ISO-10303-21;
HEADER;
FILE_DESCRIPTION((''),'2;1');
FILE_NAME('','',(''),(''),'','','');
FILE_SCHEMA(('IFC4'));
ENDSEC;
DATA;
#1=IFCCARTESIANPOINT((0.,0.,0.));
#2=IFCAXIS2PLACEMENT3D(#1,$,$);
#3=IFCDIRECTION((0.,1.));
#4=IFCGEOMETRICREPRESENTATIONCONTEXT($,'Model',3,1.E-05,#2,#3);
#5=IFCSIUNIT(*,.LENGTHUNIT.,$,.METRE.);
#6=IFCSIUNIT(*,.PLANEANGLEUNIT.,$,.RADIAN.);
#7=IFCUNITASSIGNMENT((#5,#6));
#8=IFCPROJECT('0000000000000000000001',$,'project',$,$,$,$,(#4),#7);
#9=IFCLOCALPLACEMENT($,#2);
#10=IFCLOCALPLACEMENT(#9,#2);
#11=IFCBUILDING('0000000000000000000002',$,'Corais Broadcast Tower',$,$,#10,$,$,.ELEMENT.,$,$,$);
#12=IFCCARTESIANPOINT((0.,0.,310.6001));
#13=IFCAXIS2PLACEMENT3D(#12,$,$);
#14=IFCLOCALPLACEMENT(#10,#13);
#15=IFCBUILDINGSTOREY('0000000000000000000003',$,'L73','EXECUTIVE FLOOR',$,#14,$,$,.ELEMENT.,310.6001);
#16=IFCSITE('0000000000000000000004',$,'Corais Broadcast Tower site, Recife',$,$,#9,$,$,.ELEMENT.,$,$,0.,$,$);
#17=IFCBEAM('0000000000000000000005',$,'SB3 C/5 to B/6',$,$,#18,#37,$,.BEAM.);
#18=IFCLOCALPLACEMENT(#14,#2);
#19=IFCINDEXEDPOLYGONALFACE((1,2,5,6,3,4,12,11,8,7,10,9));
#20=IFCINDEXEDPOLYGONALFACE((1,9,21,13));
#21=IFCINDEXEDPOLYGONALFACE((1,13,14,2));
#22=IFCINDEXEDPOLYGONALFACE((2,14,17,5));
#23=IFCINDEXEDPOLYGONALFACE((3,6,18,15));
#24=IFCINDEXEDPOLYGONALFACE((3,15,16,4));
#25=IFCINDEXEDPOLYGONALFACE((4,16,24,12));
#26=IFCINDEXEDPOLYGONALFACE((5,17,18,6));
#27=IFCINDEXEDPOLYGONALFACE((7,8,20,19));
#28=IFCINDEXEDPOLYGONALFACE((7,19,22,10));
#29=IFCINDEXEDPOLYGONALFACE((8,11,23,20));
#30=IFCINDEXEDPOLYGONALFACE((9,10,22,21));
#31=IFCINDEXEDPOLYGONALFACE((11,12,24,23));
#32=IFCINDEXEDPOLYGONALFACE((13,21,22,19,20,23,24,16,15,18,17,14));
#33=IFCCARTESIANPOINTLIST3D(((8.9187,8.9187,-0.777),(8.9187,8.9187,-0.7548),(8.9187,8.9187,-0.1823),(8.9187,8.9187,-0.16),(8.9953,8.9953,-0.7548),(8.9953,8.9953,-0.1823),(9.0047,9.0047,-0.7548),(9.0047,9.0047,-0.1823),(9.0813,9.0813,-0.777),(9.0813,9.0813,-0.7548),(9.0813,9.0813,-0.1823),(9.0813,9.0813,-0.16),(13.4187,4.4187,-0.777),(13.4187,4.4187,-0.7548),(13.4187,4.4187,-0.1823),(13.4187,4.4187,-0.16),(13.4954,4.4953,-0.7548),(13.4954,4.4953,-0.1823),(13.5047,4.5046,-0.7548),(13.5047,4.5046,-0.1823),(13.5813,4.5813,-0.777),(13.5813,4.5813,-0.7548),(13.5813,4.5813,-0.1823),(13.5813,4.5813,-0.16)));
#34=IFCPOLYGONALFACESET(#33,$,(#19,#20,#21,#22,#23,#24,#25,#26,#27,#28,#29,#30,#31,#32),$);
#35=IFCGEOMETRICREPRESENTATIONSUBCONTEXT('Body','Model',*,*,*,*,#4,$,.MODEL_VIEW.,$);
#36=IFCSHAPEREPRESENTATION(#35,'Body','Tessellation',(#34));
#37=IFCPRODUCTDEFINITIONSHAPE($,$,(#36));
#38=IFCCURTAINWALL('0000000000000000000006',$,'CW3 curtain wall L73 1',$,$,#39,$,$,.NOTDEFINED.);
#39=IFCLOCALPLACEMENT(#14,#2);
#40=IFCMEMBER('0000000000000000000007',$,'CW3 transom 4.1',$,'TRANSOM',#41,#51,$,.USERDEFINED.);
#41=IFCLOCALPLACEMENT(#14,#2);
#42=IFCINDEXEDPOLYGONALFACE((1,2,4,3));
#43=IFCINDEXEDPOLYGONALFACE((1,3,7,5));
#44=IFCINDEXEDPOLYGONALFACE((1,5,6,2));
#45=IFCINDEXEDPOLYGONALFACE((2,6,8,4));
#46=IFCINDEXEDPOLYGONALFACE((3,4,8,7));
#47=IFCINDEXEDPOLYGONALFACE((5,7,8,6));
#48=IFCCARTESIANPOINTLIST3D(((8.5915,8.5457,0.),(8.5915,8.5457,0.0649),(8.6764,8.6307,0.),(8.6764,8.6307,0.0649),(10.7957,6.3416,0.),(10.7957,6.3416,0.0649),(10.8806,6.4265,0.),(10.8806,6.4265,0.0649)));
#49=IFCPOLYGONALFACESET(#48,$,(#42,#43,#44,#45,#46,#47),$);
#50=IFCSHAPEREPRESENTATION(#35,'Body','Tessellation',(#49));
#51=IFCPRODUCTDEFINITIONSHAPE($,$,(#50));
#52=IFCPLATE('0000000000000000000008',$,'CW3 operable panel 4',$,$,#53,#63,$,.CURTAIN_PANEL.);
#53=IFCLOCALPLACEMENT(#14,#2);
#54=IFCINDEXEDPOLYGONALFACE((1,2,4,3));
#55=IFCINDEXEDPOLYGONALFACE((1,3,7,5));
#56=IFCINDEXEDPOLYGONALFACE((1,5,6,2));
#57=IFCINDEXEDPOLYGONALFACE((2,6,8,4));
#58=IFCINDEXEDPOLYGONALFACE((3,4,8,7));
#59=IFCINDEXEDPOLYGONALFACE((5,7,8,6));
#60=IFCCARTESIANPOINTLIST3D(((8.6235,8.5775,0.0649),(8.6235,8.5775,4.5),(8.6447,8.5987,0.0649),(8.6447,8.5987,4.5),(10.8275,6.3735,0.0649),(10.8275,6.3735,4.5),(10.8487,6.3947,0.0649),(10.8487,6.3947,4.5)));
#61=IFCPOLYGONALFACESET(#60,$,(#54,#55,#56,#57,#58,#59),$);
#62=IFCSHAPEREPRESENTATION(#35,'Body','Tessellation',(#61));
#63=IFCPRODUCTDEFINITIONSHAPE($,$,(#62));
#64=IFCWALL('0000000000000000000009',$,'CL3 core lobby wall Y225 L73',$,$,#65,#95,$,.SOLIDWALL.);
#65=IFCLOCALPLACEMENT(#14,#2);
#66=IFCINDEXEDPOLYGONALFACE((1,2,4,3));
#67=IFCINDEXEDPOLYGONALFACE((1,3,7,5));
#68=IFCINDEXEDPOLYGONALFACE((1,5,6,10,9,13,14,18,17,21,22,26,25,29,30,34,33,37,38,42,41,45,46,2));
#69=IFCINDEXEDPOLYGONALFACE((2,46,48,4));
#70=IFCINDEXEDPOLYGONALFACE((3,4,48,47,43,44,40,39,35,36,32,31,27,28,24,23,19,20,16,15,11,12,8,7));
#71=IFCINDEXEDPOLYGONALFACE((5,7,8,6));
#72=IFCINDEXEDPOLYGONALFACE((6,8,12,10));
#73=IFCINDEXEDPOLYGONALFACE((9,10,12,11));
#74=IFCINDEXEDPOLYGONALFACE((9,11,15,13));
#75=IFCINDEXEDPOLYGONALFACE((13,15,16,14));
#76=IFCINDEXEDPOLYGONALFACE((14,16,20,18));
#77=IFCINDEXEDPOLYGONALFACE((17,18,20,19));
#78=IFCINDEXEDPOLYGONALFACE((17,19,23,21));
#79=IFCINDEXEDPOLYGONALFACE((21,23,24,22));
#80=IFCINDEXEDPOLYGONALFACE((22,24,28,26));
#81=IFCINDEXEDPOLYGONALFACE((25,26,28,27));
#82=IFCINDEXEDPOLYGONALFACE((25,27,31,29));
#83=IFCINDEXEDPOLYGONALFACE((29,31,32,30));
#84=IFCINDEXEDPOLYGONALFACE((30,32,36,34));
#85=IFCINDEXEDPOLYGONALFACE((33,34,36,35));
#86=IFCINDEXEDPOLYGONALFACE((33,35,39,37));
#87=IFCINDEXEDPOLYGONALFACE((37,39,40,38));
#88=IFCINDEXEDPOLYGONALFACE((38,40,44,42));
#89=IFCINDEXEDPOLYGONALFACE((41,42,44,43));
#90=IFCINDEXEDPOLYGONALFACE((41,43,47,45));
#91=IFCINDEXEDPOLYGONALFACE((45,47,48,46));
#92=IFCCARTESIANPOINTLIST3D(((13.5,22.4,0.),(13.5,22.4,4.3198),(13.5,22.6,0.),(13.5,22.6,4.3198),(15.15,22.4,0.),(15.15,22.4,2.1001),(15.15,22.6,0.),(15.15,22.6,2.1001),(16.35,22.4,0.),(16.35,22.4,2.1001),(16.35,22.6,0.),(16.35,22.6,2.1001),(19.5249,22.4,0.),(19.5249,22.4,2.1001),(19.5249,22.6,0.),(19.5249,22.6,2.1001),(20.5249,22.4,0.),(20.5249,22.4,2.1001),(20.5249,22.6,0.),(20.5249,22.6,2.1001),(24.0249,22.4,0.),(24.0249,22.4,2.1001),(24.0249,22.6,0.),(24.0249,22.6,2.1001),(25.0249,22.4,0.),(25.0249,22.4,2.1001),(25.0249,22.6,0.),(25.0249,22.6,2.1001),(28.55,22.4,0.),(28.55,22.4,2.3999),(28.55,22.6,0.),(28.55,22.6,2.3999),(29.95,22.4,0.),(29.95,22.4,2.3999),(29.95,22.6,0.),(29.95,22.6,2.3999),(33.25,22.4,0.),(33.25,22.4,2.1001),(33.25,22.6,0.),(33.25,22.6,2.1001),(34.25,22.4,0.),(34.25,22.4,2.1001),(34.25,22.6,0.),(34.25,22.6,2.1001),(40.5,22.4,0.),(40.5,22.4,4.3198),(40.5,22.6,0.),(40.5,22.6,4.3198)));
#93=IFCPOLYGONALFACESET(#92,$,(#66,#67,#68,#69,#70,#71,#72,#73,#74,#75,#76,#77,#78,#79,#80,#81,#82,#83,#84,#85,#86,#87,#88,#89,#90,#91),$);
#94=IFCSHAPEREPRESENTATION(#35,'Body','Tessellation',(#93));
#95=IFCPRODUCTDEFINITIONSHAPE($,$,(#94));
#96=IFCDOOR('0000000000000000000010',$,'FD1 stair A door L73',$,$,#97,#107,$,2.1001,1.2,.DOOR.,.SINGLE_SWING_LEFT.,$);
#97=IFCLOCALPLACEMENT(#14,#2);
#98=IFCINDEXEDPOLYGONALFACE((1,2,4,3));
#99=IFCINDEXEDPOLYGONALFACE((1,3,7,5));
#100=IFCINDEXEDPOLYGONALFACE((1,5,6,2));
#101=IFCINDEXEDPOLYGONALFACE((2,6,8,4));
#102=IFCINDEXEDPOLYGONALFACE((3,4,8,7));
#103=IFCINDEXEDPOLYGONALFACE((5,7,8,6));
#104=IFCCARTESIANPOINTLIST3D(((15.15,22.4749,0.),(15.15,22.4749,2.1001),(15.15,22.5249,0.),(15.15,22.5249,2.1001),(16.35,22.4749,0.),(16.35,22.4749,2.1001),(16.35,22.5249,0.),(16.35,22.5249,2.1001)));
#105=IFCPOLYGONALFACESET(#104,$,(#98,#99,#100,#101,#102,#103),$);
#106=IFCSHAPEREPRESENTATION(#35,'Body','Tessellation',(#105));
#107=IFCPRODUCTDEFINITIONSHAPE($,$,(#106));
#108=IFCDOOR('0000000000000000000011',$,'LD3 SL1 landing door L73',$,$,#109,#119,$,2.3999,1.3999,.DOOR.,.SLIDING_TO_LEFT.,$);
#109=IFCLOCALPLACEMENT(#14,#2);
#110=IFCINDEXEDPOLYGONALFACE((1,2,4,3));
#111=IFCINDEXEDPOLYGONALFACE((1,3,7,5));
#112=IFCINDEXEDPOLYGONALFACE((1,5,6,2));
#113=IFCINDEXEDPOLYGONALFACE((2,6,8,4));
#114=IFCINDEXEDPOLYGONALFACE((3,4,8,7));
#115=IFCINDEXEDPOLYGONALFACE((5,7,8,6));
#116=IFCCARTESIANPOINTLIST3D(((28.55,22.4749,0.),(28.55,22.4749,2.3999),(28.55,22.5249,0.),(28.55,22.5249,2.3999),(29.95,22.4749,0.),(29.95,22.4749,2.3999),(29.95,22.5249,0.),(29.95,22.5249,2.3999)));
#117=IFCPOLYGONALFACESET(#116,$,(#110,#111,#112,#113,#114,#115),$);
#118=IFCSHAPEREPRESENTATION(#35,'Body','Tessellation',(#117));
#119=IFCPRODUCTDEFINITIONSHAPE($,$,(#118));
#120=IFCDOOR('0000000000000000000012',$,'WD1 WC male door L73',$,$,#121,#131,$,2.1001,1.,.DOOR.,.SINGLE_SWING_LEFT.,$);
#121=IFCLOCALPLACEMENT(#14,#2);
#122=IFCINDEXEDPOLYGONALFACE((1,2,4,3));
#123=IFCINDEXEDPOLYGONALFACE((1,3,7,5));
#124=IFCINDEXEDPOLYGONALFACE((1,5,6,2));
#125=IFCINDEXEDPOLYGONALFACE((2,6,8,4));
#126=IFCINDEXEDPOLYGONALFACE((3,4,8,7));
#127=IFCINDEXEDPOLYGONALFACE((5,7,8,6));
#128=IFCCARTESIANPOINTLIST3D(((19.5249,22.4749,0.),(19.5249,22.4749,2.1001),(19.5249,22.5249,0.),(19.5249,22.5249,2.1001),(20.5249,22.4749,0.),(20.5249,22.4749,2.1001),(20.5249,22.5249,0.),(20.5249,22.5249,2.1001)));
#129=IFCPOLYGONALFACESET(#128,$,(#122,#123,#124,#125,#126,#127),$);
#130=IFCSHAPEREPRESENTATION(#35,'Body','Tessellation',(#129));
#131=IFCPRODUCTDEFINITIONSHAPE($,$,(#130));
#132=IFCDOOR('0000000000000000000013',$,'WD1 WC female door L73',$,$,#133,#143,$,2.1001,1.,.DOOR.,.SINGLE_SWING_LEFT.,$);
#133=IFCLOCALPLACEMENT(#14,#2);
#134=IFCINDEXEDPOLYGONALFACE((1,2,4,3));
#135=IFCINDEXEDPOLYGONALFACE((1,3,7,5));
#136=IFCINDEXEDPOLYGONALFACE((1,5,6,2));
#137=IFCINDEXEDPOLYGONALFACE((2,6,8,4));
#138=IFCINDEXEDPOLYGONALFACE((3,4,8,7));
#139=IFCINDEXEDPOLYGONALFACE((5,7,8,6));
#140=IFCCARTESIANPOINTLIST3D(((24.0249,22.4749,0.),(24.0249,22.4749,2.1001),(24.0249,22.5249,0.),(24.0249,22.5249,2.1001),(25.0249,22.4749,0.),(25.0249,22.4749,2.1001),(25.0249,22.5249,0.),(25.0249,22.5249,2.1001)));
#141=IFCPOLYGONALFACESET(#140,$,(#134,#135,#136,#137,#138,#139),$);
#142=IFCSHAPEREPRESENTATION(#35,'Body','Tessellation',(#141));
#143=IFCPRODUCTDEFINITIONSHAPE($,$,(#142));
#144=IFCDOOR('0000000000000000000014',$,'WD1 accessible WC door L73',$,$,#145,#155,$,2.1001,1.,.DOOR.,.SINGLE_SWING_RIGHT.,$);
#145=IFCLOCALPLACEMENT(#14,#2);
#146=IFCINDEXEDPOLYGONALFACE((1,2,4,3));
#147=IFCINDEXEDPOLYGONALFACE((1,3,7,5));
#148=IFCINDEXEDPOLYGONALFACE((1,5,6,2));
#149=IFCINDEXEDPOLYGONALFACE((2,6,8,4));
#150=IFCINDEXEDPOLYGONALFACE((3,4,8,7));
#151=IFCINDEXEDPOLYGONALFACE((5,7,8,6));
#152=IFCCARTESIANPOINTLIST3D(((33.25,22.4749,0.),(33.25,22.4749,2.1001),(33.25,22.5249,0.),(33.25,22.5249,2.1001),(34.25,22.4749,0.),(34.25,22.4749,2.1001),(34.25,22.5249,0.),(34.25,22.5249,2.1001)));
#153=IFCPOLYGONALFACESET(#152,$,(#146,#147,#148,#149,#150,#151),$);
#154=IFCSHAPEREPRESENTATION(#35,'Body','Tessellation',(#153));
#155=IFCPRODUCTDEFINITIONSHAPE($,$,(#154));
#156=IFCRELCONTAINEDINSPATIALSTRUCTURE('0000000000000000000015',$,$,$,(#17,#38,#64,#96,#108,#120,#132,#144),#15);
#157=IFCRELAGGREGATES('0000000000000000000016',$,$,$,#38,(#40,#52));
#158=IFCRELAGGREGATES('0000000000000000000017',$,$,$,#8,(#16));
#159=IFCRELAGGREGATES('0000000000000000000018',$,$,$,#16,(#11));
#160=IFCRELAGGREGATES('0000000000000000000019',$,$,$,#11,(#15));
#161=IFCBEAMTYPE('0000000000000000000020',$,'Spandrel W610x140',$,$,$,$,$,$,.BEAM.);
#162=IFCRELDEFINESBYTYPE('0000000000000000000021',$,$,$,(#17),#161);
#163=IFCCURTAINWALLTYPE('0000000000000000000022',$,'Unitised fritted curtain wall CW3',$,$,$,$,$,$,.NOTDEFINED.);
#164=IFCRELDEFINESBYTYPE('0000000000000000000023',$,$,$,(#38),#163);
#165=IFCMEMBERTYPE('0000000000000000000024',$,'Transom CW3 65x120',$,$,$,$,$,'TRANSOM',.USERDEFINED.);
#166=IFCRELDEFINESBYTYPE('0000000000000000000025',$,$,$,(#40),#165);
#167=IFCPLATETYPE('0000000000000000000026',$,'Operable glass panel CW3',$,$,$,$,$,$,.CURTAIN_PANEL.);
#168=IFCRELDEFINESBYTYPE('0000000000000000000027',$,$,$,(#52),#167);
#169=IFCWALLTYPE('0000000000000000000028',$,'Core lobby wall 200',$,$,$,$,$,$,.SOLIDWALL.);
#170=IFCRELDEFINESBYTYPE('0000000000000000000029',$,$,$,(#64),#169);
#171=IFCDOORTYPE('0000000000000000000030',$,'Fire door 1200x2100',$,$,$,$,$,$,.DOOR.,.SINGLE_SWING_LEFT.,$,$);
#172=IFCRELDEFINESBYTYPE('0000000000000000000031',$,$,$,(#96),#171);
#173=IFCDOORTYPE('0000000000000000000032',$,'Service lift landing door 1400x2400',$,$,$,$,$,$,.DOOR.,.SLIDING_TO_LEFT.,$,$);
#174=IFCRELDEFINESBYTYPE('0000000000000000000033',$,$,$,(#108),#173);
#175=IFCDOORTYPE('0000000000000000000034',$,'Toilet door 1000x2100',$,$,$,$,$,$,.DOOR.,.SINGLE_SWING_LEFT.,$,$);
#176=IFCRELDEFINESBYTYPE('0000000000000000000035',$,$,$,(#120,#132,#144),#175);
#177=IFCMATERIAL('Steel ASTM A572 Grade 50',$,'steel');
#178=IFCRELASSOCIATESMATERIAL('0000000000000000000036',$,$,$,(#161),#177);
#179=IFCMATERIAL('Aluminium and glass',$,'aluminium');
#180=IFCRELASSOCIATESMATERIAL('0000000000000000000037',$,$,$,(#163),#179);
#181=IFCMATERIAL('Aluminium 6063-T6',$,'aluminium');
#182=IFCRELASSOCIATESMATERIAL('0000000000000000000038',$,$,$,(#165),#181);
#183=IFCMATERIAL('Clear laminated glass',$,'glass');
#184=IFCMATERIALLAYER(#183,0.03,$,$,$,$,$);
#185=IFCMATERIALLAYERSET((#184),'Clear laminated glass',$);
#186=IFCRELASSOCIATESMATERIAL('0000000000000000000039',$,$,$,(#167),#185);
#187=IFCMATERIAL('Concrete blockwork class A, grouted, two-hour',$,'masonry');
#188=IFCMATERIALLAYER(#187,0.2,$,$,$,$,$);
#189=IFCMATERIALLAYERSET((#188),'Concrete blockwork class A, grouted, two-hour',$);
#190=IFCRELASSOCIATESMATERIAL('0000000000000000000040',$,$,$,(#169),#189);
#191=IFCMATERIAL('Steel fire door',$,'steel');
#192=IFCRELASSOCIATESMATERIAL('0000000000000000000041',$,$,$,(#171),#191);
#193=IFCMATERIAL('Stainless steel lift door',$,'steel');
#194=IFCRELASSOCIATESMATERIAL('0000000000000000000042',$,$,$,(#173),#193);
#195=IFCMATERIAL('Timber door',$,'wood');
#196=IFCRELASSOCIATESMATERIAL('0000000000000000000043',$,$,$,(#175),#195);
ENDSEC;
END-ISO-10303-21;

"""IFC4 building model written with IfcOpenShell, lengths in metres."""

from ifc_helpers import new_model, si_unit, direction, frame, frame_2d, origin, origin_2d, place, context, subcontext, project, spatial, rectangle, i_section, extrude, material, layer, layer_set, material_profile, profile_set, type_object, element, fill, aggregate, save


model = new_model("IFC4")

# Units and contexts
model_context = context("Model", 3, precision=1e-05, world=origin(), true_north=direction((0.0, 1.0)))
body_context = subcontext(model_context, "Body", "Model", "MODEL_VIEW")
ifc_project = project(units=[si_unit("LENGTHUNIT", "METRE"), si_unit("PLANEANGLEUNIT", "RADIAN")], contexts=[model_context])

# Site, building, storey
site_placement = place(None, origin())
site = spatial("IfcSite", under=ifc_project, at=site_placement, Name="Corais Broadcast Tower site, Recife", CompositionType="ELEMENT", RefElevation=0.0)
building_placement = place(site_placement, origin())
building = spatial("IfcBuilding", under=site, at=building_placement, Name="Corais Broadcast Tower", CompositionType="ELEMENT")
storey_placement = place(building_placement, frame((0.0, 0.0, 310.6001)))
storey = spatial("IfcBuildingStorey", under=building, at=storey_placement, Name="L73", Description="EXECUTIVE FLOOR", CompositionType="ELEMENT", Elevation=310.6001)

# Beam
ifc_material_1 = material(Name="Steel ASTM A572 Grade 50", Category="steel")
ifc_material_profile_1 = material_profile(ifc_material_1, i_section(OverallWidth=0.23, OverallDepth=0.6169, WebThickness=0.0132, FlangeThickness=0.0222, at=origin_2d()), Name="W610x140")
ifc_profile_set_1 = profile_set([ifc_material_profile_1], Name="Steel ASTM A572 Grade 50")
beam_type = type_object("IfcBeamType", Name="Spandrel W610x140", PredefinedType="BEAM", material=ifc_profile_set_1)
beam_placement = place(storey_placement, frame((9.0, 9.0, -0.4685), z_axis=(0.707107, -0.707107, 0.0), x_axis=(0.707107, 0.707107, 0.0)))
element("IfcBeam", 1, at=beam_placement, inside=storey, type_object=beam_type, Name="SB3 C/5 to B/6", PredefinedType="BEAM", context=body_context, shape_type="SweptSolid", body=[
    extrude(i_section(OverallWidth=0.23, OverallDepth=0.6169, WebThickness=0.0132, FlangeThickness=0.0222, at=origin_2d()), origin(), (0.0, 0.0, 1.0), 6.364),
])

# Curtain wall, member, plate
ifc_material_2 = material(Name="Aluminium and glass", Category="aluminium")
curtain_wall_type = type_object("IfcCurtainWallType", Name="Unitised fritted curtain wall CW3", PredefinedType="NOTDEFINED", material=ifc_material_2)
curtain_wall_placement = place(storey_placement, origin())
curtain_wall = element("IfcCurtainWall", 2, at=curtain_wall_placement, inside=storey, type_object=curtain_wall_type, Name="CW3 curtain wall L73 1", PredefinedType="NOTDEFINED")
ifc_material_3 = material(Name="Aluminium 6063-T6", Category="aluminium")
ifc_material_profile_2 = material_profile(ifc_material_3, rectangle(XDim=0.1201, YDim=0.0649, at=origin_2d()), Name="Transom CW3 65x120")
ifc_profile_set_2 = profile_set([ifc_material_profile_2], Name="Aluminium 6063-T6")
member_type = type_object("IfcMemberType", Name="Transom CW3 65x120", ElementType="TRANSOM", PredefinedType="USERDEFINED", material=ifc_profile_set_2)
member_placement = place(storey_placement, frame((10.8381, 6.384, 0.0325), z_axis=(-0.707107, 0.707107, 0.0), x_axis=(-0.707107, -0.707107, 0.0)))
member = element("IfcMember", 3, at=member_placement, type_object=member_type, Name="CW3 transom 4.1", ObjectType="TRANSOM", PredefinedType="USERDEFINED", context=body_context, shape_type="SweptSolid", body=[
    extrude(rectangle(XDim=0.1201, YDim=0.0649, at=origin_2d()), origin(), (0.0, 0.0, 1.0), 3.1172),
])
ifc_material_4 = material(Name="Clear laminated glass", Category="glass")
ifc_layer_1 = layer(ifc_material_4, 0.03)
ifc_layer_set_1 = layer_set([ifc_layer_1], Name="Clear laminated glass")
plate_type = type_object("IfcPlateType", Name="Operable glass panel CW3", PredefinedType="CURTAIN_PANEL", material=ifc_layer_set_1)
plate_placement = place(storey_placement, frame((9.7361, 7.4861, 0.0649), z_axis=(0.0, 0.0, 1.0), x_axis=(-0.707107, 0.707107, 0.0)))
plate = element("IfcPlate", 4, at=plate_placement, type_object=plate_type, Name="CW3 operable panel 4", PredefinedType="CURTAIN_PANEL", context=body_context, shape_type="SweptSolid", body=[
    extrude(rectangle(XDim=3.1169, YDim=0.03, at=origin_2d()), origin(), (0.0, 0.0, 1.0), 4.4351),
])
aggregate(curtain_wall, [member, plate])

# Wall, openings, doors
ifc_material_5 = material(Name="Concrete blockwork class A, grouted, two-hour", Category="masonry")
ifc_layer_2 = layer(ifc_material_5, 0.2)
ifc_layer_set_2 = layer_set([ifc_layer_2], Name="Concrete blockwork class A, grouted, two-hour")
wall_type_1 = type_object("IfcWallType", Name="Core lobby wall 200", PredefinedType="SOLIDWALL", material=ifc_layer_set_2)
wall_1_placement = place(storey_placement, frame((13.5, 22.5, 0.0), z_axis=(0.0, 0.0, 1.0), x_axis=(1.0, 0.0, 0.0)))
wall_1 = element("IfcWall", 5, at=wall_1_placement, inside=storey, type_object=wall_type_1, Name="CL3 core lobby wall Y225 L73", PredefinedType="SOLIDWALL", context=body_context, shape_type="SweptSolid", body=[
    extrude(rectangle(XDim=27.0, YDim=0.2, at=frame_2d((13.5, 0.0))), origin(), (0.0, 0.0, 1.0), 4.3198),
])
opening_1_placement = place(wall_1_placement, frame((1.6499, 0.0, 0.0)))
opening_1 = element("IfcOpeningElement", 6, at=opening_1_placement, cuts=wall_1, PredefinedType="OPENING", context=body_context, shape_type="SweptSolid", body=[
    extrude(rectangle(XDim=1.2, YDim=2.1001, at=frame_2d((0.6001, 1.05))), frame((0.0, 0.1099, 0.0), z_axis=(0.0, -1.0, 0.0), x_axis=(1.0, 0.0, 0.0)), (0.0, 0.0, 1.0), 0.22),
])
opening_2_placement = place(wall_1_placement, frame((6.0249, 0.0, 0.0)))
opening_2 = element("IfcOpeningElement", 7, at=opening_2_placement, cuts=wall_1, PredefinedType="OPENING", context=body_context, shape_type="SweptSolid", body=[
    extrude(rectangle(XDim=1.0, YDim=2.1001, at=frame_2d((0.5, 1.05))), frame((0.0, 0.1099, 0.0), z_axis=(0.0, -1.0, 0.0), x_axis=(1.0, 0.0, 0.0)), (0.0, 0.0, 1.0), 0.22),
])
opening_3_placement = place(wall_1_placement, frame((10.5249, 0.0, 0.0)))
opening_3 = element("IfcOpeningElement", 8, at=opening_3_placement, cuts=wall_1, PredefinedType="OPENING", context=body_context, shape_type="SweptSolid", body=[
    extrude(rectangle(XDim=1.0, YDim=2.1001, at=frame_2d((0.5, 1.05))), frame((0.0, 0.1099, 0.0), z_axis=(0.0, -1.0, 0.0), x_axis=(1.0, 0.0, 0.0)), (0.0, 0.0, 1.0), 0.22),
])
opening_4_placement = place(wall_1_placement, frame((19.75, 0.0, 0.0)))
opening_4 = element("IfcOpeningElement", 9, at=opening_4_placement, cuts=wall_1, PredefinedType="OPENING", context=body_context, shape_type="SweptSolid", body=[
    extrude(rectangle(XDim=1.0, YDim=2.1001, at=frame_2d((0.5, 1.05))), frame((0.0, 0.1099, 0.0), z_axis=(0.0, -1.0, 0.0), x_axis=(1.0, 0.0, 0.0)), (0.0, 0.0, 1.0), 0.22),
])
opening_5_placement = place(wall_1_placement, frame((15.05, 0.0, 0.0)))
opening_5 = element("IfcOpeningElement", 10, at=opening_5_placement, cuts=wall_1, PredefinedType="OPENING", context=body_context, shape_type="SweptSolid", body=[
    extrude(rectangle(XDim=1.3999, YDim=2.3999, at=frame_2d((0.7, 1.2))), frame((0.0, 0.1099, 0.0), z_axis=(0.0, -1.0, 0.0), x_axis=(1.0, 0.0, 0.0)), (0.0, 0.0, 1.0), 0.22),
])
ifc_material_6 = material(Name="Steel fire door", Category="steel")
door_type_1 = type_object("IfcDoorType", Name="Fire door 1200x2100", OperationType="SINGLE_SWING_LEFT", PredefinedType="DOOR", material=ifc_material_6)
door_1_placement = place(opening_1_placement, origin())
door_1 = element("IfcDoor", 11, at=door_1_placement, inside=storey, type_object=door_type_1, Name="FD1 stair A door L73", OperationType="SINGLE_SWING_LEFT", OverallHeight=2.1001, OverallWidth=1.2, PredefinedType="DOOR", context=body_context, shape_type="SweptSolid", body=[
    extrude(rectangle(XDim=1.2, YDim=2.1001, at=frame_2d((0.6001, 1.05))), frame((0.0, 0.0249, 0.0), z_axis=(0.0, -1.0, 0.0), x_axis=(1.0, 0.0, 0.0)), (0.0, 0.0, 1.0), 0.05),
])
fill(opening_1, door_1)
ifc_material_7 = material(Name="Stainless steel lift door", Category="steel")
door_type_2 = type_object("IfcDoorType", Name="Service lift landing door 1400x2400", OperationType="SLIDING_TO_LEFT", PredefinedType="DOOR", material=ifc_material_7)
door_2_placement = place(opening_5_placement, origin())
door_2 = element("IfcDoor", 12, at=door_2_placement, inside=storey, type_object=door_type_2, Name="LD3 SL1 landing door L73", OperationType="SLIDING_TO_LEFT", OverallHeight=2.3999, OverallWidth=1.3999, PredefinedType="DOOR", context=body_context, shape_type="SweptSolid", body=[
    extrude(rectangle(XDim=1.3999, YDim=2.3999, at=frame_2d((0.7, 1.2))), frame((0.0, 0.0249, 0.0), z_axis=(0.0, -1.0, 0.0), x_axis=(1.0, 0.0, 0.0)), (0.0, 0.0, 1.0), 0.05),
])
fill(opening_5, door_2)
ifc_material_8 = material(Name="Timber door", Category="wood")
door_type_3 = type_object("IfcDoorType", Name="Toilet door 1000x2100", OperationType="SINGLE_SWING_LEFT", PredefinedType="DOOR", material=ifc_material_8)
door_3_placement = place(opening_2_placement, origin())
door_3 = element("IfcDoor", 13, at=door_3_placement, inside=storey, type_object=door_type_3, Name="WD1 WC male door L73", OperationType="SINGLE_SWING_LEFT", OverallHeight=2.1001, OverallWidth=1.0, PredefinedType="DOOR", context=body_context, shape_type="SweptSolid", body=[
    extrude(rectangle(XDim=1.0, YDim=2.1001, at=frame_2d((0.5, 1.05))), frame((0.0, 0.0249, 0.0), z_axis=(0.0, -1.0, 0.0), x_axis=(1.0, 0.0, 0.0)), (0.0, 0.0, 1.0), 0.05),
])
fill(opening_2, door_3)
door_4_placement = place(opening_3_placement, origin())
door_4 = element("IfcDoor", 14, at=door_4_placement, inside=storey, type_object=door_type_3, Name="WD1 WC female door L73", OperationType="SINGLE_SWING_LEFT", OverallHeight=2.1001, OverallWidth=1.0, PredefinedType="DOOR", context=body_context, shape_type="SweptSolid", body=[
    extrude(rectangle(XDim=1.0, YDim=2.1001, at=frame_2d((0.5, 1.05))), frame((0.0, 0.0249, 0.0), z_axis=(0.0, -1.0, 0.0), x_axis=(1.0, 0.0, 0.0)), (0.0, 0.0, 1.0), 0.05),
])
fill(opening_3, door_4)
door_5_placement = place(opening_4_placement, origin())
door_5 = element("IfcDoor", 15, at=door_5_placement, inside=storey, type_object=door_type_3, Name="WD1 accessible WC door L73", OperationType="SINGLE_SWING_RIGHT", OverallHeight=2.1001, OverallWidth=1.0, PredefinedType="DOOR", context=body_context, shape_type="SweptSolid", body=[
    extrude(rectangle(XDim=1.0, YDim=2.1001, at=frame_2d((0.5, 1.05))), frame((0.0, 0.0249, 0.0), z_axis=(0.0, -1.0, 0.0), x_axis=(1.0, 0.0, 0.0)), (0.0, 0.0, 1.0), 0.05),
])
fill(opening_4, door_5)

save(model, "model.ifc")
